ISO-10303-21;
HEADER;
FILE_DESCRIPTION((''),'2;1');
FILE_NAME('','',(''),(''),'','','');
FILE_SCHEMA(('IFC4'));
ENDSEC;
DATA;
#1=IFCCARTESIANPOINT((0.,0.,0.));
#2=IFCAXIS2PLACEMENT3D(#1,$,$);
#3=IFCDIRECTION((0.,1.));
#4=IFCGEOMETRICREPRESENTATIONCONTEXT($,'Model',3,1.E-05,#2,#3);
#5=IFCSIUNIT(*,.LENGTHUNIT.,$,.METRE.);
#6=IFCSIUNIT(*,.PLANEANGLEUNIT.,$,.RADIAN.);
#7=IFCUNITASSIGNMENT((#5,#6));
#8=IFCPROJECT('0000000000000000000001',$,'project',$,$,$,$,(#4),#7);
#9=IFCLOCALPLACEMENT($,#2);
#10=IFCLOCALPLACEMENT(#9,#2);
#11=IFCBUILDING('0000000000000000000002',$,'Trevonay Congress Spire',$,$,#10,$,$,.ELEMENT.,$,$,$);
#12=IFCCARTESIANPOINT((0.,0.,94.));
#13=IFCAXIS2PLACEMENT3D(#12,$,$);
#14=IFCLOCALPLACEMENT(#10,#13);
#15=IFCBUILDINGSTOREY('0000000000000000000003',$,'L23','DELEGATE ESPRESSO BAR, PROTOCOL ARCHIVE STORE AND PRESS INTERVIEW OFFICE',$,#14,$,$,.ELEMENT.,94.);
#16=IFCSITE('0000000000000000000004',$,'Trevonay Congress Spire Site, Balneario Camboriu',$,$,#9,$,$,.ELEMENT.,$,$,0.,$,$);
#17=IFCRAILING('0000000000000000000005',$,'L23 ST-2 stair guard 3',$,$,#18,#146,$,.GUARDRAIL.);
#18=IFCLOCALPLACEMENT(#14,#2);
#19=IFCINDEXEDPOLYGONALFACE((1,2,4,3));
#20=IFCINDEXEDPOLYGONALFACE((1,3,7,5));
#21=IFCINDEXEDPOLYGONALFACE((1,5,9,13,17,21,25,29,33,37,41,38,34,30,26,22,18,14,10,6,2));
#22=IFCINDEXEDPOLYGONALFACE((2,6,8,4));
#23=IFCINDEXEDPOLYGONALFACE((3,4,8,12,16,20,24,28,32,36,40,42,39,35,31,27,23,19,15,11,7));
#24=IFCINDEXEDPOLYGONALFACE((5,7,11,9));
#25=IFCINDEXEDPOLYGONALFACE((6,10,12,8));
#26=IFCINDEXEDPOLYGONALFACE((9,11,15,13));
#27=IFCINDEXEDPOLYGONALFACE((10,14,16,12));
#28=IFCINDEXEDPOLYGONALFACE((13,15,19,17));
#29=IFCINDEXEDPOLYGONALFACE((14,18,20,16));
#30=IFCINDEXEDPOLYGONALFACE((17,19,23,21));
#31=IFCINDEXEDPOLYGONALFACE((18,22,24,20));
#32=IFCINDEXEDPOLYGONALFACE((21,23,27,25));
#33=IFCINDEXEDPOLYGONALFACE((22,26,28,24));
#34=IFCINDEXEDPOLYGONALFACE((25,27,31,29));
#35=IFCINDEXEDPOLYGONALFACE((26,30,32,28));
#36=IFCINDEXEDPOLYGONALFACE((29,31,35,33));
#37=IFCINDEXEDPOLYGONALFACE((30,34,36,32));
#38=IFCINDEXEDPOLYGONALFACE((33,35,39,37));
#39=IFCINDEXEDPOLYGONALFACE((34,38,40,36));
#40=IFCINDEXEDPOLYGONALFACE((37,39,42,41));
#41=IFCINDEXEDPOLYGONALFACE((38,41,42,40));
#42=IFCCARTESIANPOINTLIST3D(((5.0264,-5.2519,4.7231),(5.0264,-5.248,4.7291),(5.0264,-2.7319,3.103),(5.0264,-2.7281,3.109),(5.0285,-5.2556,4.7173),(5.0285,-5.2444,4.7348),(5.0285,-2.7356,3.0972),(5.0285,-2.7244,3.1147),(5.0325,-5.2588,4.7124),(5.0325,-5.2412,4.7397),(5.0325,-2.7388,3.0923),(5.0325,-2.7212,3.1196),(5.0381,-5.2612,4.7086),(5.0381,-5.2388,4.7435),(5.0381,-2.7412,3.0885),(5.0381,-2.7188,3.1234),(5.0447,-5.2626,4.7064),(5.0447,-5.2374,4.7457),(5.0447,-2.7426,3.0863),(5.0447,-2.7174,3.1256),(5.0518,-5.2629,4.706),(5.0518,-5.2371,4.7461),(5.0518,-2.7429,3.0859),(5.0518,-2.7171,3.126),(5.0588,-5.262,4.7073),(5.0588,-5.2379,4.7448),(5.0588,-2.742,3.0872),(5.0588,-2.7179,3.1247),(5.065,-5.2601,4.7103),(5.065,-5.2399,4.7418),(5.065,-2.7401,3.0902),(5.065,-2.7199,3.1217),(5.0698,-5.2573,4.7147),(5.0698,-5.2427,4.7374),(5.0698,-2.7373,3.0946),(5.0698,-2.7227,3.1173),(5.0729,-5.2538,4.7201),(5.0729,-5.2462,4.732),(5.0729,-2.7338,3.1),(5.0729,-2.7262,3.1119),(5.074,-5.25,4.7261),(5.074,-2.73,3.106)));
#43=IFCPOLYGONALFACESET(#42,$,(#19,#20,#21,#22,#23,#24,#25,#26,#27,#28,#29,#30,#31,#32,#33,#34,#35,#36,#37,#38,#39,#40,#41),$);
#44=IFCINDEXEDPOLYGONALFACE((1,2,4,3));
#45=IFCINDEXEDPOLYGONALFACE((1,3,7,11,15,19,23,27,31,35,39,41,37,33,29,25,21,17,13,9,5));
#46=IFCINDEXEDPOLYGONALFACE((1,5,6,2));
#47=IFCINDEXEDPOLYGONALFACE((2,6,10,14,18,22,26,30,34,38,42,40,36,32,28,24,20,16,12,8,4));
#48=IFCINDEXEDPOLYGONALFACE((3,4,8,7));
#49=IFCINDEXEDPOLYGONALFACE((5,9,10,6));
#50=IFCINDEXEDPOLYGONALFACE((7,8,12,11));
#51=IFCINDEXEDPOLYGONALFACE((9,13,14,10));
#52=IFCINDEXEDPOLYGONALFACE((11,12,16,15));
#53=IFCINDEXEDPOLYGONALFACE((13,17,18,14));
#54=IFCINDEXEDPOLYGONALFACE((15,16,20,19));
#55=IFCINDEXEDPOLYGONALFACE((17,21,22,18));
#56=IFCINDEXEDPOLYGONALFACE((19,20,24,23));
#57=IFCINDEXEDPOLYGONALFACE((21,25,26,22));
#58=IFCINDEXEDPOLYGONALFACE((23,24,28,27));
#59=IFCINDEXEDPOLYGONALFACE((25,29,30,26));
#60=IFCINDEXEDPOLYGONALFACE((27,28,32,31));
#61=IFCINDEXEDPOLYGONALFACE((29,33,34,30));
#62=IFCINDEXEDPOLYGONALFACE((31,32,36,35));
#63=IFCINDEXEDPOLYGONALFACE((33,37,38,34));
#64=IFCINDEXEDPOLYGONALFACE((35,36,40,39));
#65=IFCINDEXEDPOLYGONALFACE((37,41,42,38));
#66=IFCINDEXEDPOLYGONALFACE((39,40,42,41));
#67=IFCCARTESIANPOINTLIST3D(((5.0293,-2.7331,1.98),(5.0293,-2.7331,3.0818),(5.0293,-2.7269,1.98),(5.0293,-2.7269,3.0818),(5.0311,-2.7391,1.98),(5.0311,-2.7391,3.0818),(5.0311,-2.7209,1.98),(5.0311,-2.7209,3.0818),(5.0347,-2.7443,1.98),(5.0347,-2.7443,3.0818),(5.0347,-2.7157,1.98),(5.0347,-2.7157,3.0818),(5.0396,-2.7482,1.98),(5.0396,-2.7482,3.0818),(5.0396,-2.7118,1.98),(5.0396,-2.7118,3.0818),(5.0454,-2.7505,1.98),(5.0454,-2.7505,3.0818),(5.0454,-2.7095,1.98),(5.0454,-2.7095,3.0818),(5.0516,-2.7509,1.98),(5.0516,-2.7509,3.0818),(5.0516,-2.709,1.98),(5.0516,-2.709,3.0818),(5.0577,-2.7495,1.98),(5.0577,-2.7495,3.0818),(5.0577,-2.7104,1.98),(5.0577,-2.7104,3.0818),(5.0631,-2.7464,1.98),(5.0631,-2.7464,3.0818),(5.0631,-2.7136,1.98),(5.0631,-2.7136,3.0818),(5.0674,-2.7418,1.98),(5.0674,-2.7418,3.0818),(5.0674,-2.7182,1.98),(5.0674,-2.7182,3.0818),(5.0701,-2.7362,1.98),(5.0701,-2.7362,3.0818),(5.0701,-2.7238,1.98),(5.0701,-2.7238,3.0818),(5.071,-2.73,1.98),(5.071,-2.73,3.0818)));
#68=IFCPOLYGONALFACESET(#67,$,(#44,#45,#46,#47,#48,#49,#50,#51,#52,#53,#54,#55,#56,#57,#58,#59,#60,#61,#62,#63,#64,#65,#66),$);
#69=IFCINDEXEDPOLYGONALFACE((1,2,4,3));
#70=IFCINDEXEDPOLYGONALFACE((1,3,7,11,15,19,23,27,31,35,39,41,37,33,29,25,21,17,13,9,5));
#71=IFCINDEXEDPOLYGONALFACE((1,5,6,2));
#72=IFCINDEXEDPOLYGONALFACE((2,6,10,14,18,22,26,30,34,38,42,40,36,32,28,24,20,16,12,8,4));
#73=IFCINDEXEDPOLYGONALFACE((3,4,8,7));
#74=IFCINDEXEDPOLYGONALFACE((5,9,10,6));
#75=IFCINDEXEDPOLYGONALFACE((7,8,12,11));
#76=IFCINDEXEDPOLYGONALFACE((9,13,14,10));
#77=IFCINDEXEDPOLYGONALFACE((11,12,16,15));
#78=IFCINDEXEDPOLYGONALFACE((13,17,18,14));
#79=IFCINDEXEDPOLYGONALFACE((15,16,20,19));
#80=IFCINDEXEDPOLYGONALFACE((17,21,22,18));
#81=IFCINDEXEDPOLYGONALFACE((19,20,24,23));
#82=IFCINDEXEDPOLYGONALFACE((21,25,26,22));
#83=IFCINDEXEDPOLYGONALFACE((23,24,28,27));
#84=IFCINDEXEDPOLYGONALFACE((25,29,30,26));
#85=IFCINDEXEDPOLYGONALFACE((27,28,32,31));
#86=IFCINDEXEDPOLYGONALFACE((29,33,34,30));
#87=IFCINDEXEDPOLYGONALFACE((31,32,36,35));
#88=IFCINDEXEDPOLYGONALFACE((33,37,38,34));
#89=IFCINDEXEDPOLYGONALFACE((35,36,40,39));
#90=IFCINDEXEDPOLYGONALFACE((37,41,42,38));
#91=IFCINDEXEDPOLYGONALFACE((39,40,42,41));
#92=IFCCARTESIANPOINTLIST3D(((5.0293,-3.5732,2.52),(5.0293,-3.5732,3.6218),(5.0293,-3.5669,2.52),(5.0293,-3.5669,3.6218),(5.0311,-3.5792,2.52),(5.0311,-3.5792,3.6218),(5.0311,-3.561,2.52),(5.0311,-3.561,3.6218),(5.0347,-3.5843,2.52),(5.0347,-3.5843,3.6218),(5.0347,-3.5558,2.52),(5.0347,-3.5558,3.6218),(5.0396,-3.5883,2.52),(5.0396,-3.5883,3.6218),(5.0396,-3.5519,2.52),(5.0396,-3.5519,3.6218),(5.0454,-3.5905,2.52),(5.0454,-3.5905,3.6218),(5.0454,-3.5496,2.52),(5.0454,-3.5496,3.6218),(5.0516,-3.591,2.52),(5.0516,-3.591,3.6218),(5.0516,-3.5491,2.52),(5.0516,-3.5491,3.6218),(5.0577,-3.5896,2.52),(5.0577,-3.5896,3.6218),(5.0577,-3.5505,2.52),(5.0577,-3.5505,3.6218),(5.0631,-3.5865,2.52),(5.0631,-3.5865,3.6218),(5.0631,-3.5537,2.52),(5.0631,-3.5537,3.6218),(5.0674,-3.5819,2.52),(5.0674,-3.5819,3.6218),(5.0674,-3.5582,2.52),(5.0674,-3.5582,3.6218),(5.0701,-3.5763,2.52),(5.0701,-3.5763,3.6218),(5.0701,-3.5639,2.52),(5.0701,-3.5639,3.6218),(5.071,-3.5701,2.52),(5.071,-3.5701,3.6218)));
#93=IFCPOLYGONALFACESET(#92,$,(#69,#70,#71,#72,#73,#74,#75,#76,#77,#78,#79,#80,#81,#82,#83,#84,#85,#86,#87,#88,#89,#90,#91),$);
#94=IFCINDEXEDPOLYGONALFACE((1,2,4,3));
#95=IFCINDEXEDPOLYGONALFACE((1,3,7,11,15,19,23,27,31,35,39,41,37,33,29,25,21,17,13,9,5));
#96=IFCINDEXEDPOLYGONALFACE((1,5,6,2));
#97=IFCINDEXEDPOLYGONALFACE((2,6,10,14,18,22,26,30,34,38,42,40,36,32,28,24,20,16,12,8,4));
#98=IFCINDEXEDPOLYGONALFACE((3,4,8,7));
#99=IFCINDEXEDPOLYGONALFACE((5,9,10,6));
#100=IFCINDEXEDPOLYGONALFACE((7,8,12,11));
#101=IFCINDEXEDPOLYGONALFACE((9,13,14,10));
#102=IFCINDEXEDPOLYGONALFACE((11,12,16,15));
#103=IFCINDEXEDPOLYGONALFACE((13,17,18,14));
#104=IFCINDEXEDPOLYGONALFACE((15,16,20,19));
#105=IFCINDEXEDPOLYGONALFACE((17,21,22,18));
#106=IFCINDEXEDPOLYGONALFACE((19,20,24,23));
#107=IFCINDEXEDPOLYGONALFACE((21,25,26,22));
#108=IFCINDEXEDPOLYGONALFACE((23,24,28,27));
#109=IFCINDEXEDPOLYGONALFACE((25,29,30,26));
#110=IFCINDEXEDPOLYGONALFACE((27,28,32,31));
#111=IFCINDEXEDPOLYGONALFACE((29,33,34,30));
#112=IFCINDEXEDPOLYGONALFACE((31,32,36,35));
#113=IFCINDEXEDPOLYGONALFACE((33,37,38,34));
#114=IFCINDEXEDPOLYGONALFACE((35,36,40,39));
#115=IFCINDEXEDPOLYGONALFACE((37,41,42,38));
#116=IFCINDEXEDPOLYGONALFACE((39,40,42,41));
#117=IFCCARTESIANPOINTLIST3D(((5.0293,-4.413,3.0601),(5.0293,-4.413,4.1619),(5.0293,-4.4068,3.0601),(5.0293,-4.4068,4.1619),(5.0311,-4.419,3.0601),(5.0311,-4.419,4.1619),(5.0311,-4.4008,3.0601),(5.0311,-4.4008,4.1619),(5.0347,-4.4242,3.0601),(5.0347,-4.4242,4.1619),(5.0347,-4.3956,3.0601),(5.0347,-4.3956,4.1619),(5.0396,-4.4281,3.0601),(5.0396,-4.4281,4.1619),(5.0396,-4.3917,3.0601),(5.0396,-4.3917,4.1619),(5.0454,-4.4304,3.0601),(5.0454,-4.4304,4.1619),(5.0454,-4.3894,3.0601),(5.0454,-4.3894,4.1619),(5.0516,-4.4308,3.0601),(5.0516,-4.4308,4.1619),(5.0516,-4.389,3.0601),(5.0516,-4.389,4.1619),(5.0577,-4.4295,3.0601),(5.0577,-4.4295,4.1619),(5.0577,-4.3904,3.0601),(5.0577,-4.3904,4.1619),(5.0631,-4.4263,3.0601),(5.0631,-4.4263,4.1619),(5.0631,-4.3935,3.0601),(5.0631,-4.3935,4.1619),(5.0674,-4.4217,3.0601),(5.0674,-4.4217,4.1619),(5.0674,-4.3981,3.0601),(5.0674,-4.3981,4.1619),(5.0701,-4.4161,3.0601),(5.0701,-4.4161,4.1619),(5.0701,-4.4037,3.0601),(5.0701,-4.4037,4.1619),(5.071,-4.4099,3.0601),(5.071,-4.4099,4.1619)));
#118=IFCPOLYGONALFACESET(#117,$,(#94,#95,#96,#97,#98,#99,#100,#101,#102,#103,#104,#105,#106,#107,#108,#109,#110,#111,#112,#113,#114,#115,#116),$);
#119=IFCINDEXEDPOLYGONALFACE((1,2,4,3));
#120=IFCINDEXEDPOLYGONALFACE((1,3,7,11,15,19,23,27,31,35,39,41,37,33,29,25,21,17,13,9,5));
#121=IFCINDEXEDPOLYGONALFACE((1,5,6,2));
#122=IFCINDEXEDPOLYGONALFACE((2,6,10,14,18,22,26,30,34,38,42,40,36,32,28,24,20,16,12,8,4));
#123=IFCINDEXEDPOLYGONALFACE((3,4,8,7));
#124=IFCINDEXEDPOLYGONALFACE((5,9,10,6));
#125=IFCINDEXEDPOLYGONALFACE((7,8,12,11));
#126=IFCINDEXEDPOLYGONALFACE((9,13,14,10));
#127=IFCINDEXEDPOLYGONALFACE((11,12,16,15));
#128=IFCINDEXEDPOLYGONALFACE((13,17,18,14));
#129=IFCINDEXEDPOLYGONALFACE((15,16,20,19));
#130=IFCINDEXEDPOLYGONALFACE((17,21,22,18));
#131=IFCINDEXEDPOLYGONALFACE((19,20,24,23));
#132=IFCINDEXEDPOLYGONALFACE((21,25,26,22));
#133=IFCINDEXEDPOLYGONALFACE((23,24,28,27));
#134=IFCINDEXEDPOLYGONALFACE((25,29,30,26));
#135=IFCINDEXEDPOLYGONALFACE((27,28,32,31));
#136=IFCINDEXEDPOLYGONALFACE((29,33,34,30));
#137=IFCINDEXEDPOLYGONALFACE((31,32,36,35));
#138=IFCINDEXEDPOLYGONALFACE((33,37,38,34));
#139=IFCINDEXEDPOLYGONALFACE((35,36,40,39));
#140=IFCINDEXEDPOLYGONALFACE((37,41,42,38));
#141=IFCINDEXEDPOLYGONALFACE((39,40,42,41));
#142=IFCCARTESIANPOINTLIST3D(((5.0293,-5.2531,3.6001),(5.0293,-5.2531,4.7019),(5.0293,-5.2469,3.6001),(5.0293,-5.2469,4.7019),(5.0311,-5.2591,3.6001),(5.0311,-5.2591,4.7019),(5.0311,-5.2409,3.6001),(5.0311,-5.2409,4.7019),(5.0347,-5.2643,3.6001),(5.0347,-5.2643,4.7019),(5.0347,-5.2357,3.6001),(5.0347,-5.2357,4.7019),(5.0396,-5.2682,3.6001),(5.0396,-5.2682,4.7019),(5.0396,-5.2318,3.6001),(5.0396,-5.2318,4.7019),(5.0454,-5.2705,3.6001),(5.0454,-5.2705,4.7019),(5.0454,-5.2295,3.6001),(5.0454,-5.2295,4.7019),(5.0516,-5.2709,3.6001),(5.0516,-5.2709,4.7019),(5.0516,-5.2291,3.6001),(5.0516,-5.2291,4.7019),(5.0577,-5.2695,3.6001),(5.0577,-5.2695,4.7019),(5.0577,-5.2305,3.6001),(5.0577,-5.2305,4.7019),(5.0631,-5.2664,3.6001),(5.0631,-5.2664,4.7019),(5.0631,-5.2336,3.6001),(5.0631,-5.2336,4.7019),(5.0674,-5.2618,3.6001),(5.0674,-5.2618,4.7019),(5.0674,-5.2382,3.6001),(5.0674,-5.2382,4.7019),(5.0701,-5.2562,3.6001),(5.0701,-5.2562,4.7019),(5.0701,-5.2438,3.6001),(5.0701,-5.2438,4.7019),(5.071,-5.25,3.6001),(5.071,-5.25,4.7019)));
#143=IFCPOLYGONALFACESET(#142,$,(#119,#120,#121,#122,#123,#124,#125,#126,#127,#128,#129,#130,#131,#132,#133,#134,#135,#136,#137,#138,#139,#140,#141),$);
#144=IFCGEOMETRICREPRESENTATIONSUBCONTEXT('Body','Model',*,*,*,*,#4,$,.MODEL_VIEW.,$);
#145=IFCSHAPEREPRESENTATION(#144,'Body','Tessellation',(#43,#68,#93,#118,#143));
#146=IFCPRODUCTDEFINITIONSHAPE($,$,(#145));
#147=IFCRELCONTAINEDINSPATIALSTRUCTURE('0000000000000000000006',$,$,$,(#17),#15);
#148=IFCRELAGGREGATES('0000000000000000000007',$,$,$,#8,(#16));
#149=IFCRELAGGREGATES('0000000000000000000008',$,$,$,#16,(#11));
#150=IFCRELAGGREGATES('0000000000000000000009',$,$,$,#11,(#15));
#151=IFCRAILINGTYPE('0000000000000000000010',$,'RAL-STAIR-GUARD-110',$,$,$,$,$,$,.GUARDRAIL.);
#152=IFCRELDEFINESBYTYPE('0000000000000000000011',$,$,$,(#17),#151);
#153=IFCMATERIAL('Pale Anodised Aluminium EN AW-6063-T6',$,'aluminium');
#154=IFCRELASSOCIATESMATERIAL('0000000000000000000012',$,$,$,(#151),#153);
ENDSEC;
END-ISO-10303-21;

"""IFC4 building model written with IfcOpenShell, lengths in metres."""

from ifc_helpers import new_model, si_unit, direction, frame, origin, origin_2d, place, context, subcontext, project, spatial, circle, extrude, material, type_object, element, save


model = new_model("IFC4")

# Units and contexts
model_context = context("Model", 3, precision=1e-05, world=origin(), true_north=direction((0.0, 1.0)))
body_context = subcontext(model_context, "Body", "Model", "MODEL_VIEW")
ifc_project = project(units=[si_unit("LENGTHUNIT", "METRE"), si_unit("PLANEANGLEUNIT", "RADIAN")], contexts=[model_context])

# Site, building, storey
site_placement = place(None, origin())
site = spatial("IfcSite", under=ifc_project, at=site_placement, Name="Trevonay Congress Spire Site, Balneario Camboriu", CompositionType="ELEMENT", RefElevation=0.0)
building_placement = place(site_placement, origin())
building = spatial("IfcBuilding", under=site, at=building_placement, Name="Trevonay Congress Spire", CompositionType="ELEMENT")
storey_placement = place(building_placement, frame((0.0, 0.0, 94.0)))
storey = spatial("IfcBuildingStorey", under=building, at=storey_placement, Name="L23", Description="DELEGATE ESPRESSO BAR, PROTOCOL ARCHIVE STORE AND PRESS INTERVIEW OFFICE", CompositionType="ELEMENT", Elevation=94.0)

# Shared definitions
ifc_material_1 = material(Name="Pale Anodised Aluminium EN AW-6063-T6", Category="aluminium")

# Railing
railing_type_1 = type_object("IfcRailingType", Name="RAL-STAIR-GUARD-110", PredefinedType="GUARDRAIL", material=ifc_material_1)
railing_1_placement = place(storey_placement, frame((5.05, -2.73, 1.98)))
element("IfcRailing", 1, at=railing_1_placement, inside=storey, type_object=railing_type_1, Name="L23 ST-2 stair guard 3", PredefinedType="GUARDRAIL", context=body_context, shape_type="SweptSolid", body=[
    extrude(circle(Radius=0.0239, at=origin_2d()), frame((0.0, 0.0, 1.126), z_axis=(0.0, -0.841163, 0.540782), x_axis=(1.0, 0.0, 0.0)), (0.0, 0.0, 1.0), 2.9958),
    extrude(circle(Radius=0.021, at=origin_2d()), origin(), (0.0, 0.0, 1.0), 1.1018),
    extrude(circle(Radius=0.021, at=origin_2d()), frame((0.0, -0.8401, 0.54)), (0.0, 0.0, 1.0), 1.1018),
    extrude(circle(Radius=0.021, at=origin_2d()), frame((0.0, -1.6799, 1.0801)), (0.0, 0.0, 1.0), 1.1018),
    extrude(circle(Radius=0.021, at=origin_2d()), frame((0.0, -2.52, 1.6201)), (0.0, 0.0, 1.0), 1.1018),
])

save(model, "model.ifc")
